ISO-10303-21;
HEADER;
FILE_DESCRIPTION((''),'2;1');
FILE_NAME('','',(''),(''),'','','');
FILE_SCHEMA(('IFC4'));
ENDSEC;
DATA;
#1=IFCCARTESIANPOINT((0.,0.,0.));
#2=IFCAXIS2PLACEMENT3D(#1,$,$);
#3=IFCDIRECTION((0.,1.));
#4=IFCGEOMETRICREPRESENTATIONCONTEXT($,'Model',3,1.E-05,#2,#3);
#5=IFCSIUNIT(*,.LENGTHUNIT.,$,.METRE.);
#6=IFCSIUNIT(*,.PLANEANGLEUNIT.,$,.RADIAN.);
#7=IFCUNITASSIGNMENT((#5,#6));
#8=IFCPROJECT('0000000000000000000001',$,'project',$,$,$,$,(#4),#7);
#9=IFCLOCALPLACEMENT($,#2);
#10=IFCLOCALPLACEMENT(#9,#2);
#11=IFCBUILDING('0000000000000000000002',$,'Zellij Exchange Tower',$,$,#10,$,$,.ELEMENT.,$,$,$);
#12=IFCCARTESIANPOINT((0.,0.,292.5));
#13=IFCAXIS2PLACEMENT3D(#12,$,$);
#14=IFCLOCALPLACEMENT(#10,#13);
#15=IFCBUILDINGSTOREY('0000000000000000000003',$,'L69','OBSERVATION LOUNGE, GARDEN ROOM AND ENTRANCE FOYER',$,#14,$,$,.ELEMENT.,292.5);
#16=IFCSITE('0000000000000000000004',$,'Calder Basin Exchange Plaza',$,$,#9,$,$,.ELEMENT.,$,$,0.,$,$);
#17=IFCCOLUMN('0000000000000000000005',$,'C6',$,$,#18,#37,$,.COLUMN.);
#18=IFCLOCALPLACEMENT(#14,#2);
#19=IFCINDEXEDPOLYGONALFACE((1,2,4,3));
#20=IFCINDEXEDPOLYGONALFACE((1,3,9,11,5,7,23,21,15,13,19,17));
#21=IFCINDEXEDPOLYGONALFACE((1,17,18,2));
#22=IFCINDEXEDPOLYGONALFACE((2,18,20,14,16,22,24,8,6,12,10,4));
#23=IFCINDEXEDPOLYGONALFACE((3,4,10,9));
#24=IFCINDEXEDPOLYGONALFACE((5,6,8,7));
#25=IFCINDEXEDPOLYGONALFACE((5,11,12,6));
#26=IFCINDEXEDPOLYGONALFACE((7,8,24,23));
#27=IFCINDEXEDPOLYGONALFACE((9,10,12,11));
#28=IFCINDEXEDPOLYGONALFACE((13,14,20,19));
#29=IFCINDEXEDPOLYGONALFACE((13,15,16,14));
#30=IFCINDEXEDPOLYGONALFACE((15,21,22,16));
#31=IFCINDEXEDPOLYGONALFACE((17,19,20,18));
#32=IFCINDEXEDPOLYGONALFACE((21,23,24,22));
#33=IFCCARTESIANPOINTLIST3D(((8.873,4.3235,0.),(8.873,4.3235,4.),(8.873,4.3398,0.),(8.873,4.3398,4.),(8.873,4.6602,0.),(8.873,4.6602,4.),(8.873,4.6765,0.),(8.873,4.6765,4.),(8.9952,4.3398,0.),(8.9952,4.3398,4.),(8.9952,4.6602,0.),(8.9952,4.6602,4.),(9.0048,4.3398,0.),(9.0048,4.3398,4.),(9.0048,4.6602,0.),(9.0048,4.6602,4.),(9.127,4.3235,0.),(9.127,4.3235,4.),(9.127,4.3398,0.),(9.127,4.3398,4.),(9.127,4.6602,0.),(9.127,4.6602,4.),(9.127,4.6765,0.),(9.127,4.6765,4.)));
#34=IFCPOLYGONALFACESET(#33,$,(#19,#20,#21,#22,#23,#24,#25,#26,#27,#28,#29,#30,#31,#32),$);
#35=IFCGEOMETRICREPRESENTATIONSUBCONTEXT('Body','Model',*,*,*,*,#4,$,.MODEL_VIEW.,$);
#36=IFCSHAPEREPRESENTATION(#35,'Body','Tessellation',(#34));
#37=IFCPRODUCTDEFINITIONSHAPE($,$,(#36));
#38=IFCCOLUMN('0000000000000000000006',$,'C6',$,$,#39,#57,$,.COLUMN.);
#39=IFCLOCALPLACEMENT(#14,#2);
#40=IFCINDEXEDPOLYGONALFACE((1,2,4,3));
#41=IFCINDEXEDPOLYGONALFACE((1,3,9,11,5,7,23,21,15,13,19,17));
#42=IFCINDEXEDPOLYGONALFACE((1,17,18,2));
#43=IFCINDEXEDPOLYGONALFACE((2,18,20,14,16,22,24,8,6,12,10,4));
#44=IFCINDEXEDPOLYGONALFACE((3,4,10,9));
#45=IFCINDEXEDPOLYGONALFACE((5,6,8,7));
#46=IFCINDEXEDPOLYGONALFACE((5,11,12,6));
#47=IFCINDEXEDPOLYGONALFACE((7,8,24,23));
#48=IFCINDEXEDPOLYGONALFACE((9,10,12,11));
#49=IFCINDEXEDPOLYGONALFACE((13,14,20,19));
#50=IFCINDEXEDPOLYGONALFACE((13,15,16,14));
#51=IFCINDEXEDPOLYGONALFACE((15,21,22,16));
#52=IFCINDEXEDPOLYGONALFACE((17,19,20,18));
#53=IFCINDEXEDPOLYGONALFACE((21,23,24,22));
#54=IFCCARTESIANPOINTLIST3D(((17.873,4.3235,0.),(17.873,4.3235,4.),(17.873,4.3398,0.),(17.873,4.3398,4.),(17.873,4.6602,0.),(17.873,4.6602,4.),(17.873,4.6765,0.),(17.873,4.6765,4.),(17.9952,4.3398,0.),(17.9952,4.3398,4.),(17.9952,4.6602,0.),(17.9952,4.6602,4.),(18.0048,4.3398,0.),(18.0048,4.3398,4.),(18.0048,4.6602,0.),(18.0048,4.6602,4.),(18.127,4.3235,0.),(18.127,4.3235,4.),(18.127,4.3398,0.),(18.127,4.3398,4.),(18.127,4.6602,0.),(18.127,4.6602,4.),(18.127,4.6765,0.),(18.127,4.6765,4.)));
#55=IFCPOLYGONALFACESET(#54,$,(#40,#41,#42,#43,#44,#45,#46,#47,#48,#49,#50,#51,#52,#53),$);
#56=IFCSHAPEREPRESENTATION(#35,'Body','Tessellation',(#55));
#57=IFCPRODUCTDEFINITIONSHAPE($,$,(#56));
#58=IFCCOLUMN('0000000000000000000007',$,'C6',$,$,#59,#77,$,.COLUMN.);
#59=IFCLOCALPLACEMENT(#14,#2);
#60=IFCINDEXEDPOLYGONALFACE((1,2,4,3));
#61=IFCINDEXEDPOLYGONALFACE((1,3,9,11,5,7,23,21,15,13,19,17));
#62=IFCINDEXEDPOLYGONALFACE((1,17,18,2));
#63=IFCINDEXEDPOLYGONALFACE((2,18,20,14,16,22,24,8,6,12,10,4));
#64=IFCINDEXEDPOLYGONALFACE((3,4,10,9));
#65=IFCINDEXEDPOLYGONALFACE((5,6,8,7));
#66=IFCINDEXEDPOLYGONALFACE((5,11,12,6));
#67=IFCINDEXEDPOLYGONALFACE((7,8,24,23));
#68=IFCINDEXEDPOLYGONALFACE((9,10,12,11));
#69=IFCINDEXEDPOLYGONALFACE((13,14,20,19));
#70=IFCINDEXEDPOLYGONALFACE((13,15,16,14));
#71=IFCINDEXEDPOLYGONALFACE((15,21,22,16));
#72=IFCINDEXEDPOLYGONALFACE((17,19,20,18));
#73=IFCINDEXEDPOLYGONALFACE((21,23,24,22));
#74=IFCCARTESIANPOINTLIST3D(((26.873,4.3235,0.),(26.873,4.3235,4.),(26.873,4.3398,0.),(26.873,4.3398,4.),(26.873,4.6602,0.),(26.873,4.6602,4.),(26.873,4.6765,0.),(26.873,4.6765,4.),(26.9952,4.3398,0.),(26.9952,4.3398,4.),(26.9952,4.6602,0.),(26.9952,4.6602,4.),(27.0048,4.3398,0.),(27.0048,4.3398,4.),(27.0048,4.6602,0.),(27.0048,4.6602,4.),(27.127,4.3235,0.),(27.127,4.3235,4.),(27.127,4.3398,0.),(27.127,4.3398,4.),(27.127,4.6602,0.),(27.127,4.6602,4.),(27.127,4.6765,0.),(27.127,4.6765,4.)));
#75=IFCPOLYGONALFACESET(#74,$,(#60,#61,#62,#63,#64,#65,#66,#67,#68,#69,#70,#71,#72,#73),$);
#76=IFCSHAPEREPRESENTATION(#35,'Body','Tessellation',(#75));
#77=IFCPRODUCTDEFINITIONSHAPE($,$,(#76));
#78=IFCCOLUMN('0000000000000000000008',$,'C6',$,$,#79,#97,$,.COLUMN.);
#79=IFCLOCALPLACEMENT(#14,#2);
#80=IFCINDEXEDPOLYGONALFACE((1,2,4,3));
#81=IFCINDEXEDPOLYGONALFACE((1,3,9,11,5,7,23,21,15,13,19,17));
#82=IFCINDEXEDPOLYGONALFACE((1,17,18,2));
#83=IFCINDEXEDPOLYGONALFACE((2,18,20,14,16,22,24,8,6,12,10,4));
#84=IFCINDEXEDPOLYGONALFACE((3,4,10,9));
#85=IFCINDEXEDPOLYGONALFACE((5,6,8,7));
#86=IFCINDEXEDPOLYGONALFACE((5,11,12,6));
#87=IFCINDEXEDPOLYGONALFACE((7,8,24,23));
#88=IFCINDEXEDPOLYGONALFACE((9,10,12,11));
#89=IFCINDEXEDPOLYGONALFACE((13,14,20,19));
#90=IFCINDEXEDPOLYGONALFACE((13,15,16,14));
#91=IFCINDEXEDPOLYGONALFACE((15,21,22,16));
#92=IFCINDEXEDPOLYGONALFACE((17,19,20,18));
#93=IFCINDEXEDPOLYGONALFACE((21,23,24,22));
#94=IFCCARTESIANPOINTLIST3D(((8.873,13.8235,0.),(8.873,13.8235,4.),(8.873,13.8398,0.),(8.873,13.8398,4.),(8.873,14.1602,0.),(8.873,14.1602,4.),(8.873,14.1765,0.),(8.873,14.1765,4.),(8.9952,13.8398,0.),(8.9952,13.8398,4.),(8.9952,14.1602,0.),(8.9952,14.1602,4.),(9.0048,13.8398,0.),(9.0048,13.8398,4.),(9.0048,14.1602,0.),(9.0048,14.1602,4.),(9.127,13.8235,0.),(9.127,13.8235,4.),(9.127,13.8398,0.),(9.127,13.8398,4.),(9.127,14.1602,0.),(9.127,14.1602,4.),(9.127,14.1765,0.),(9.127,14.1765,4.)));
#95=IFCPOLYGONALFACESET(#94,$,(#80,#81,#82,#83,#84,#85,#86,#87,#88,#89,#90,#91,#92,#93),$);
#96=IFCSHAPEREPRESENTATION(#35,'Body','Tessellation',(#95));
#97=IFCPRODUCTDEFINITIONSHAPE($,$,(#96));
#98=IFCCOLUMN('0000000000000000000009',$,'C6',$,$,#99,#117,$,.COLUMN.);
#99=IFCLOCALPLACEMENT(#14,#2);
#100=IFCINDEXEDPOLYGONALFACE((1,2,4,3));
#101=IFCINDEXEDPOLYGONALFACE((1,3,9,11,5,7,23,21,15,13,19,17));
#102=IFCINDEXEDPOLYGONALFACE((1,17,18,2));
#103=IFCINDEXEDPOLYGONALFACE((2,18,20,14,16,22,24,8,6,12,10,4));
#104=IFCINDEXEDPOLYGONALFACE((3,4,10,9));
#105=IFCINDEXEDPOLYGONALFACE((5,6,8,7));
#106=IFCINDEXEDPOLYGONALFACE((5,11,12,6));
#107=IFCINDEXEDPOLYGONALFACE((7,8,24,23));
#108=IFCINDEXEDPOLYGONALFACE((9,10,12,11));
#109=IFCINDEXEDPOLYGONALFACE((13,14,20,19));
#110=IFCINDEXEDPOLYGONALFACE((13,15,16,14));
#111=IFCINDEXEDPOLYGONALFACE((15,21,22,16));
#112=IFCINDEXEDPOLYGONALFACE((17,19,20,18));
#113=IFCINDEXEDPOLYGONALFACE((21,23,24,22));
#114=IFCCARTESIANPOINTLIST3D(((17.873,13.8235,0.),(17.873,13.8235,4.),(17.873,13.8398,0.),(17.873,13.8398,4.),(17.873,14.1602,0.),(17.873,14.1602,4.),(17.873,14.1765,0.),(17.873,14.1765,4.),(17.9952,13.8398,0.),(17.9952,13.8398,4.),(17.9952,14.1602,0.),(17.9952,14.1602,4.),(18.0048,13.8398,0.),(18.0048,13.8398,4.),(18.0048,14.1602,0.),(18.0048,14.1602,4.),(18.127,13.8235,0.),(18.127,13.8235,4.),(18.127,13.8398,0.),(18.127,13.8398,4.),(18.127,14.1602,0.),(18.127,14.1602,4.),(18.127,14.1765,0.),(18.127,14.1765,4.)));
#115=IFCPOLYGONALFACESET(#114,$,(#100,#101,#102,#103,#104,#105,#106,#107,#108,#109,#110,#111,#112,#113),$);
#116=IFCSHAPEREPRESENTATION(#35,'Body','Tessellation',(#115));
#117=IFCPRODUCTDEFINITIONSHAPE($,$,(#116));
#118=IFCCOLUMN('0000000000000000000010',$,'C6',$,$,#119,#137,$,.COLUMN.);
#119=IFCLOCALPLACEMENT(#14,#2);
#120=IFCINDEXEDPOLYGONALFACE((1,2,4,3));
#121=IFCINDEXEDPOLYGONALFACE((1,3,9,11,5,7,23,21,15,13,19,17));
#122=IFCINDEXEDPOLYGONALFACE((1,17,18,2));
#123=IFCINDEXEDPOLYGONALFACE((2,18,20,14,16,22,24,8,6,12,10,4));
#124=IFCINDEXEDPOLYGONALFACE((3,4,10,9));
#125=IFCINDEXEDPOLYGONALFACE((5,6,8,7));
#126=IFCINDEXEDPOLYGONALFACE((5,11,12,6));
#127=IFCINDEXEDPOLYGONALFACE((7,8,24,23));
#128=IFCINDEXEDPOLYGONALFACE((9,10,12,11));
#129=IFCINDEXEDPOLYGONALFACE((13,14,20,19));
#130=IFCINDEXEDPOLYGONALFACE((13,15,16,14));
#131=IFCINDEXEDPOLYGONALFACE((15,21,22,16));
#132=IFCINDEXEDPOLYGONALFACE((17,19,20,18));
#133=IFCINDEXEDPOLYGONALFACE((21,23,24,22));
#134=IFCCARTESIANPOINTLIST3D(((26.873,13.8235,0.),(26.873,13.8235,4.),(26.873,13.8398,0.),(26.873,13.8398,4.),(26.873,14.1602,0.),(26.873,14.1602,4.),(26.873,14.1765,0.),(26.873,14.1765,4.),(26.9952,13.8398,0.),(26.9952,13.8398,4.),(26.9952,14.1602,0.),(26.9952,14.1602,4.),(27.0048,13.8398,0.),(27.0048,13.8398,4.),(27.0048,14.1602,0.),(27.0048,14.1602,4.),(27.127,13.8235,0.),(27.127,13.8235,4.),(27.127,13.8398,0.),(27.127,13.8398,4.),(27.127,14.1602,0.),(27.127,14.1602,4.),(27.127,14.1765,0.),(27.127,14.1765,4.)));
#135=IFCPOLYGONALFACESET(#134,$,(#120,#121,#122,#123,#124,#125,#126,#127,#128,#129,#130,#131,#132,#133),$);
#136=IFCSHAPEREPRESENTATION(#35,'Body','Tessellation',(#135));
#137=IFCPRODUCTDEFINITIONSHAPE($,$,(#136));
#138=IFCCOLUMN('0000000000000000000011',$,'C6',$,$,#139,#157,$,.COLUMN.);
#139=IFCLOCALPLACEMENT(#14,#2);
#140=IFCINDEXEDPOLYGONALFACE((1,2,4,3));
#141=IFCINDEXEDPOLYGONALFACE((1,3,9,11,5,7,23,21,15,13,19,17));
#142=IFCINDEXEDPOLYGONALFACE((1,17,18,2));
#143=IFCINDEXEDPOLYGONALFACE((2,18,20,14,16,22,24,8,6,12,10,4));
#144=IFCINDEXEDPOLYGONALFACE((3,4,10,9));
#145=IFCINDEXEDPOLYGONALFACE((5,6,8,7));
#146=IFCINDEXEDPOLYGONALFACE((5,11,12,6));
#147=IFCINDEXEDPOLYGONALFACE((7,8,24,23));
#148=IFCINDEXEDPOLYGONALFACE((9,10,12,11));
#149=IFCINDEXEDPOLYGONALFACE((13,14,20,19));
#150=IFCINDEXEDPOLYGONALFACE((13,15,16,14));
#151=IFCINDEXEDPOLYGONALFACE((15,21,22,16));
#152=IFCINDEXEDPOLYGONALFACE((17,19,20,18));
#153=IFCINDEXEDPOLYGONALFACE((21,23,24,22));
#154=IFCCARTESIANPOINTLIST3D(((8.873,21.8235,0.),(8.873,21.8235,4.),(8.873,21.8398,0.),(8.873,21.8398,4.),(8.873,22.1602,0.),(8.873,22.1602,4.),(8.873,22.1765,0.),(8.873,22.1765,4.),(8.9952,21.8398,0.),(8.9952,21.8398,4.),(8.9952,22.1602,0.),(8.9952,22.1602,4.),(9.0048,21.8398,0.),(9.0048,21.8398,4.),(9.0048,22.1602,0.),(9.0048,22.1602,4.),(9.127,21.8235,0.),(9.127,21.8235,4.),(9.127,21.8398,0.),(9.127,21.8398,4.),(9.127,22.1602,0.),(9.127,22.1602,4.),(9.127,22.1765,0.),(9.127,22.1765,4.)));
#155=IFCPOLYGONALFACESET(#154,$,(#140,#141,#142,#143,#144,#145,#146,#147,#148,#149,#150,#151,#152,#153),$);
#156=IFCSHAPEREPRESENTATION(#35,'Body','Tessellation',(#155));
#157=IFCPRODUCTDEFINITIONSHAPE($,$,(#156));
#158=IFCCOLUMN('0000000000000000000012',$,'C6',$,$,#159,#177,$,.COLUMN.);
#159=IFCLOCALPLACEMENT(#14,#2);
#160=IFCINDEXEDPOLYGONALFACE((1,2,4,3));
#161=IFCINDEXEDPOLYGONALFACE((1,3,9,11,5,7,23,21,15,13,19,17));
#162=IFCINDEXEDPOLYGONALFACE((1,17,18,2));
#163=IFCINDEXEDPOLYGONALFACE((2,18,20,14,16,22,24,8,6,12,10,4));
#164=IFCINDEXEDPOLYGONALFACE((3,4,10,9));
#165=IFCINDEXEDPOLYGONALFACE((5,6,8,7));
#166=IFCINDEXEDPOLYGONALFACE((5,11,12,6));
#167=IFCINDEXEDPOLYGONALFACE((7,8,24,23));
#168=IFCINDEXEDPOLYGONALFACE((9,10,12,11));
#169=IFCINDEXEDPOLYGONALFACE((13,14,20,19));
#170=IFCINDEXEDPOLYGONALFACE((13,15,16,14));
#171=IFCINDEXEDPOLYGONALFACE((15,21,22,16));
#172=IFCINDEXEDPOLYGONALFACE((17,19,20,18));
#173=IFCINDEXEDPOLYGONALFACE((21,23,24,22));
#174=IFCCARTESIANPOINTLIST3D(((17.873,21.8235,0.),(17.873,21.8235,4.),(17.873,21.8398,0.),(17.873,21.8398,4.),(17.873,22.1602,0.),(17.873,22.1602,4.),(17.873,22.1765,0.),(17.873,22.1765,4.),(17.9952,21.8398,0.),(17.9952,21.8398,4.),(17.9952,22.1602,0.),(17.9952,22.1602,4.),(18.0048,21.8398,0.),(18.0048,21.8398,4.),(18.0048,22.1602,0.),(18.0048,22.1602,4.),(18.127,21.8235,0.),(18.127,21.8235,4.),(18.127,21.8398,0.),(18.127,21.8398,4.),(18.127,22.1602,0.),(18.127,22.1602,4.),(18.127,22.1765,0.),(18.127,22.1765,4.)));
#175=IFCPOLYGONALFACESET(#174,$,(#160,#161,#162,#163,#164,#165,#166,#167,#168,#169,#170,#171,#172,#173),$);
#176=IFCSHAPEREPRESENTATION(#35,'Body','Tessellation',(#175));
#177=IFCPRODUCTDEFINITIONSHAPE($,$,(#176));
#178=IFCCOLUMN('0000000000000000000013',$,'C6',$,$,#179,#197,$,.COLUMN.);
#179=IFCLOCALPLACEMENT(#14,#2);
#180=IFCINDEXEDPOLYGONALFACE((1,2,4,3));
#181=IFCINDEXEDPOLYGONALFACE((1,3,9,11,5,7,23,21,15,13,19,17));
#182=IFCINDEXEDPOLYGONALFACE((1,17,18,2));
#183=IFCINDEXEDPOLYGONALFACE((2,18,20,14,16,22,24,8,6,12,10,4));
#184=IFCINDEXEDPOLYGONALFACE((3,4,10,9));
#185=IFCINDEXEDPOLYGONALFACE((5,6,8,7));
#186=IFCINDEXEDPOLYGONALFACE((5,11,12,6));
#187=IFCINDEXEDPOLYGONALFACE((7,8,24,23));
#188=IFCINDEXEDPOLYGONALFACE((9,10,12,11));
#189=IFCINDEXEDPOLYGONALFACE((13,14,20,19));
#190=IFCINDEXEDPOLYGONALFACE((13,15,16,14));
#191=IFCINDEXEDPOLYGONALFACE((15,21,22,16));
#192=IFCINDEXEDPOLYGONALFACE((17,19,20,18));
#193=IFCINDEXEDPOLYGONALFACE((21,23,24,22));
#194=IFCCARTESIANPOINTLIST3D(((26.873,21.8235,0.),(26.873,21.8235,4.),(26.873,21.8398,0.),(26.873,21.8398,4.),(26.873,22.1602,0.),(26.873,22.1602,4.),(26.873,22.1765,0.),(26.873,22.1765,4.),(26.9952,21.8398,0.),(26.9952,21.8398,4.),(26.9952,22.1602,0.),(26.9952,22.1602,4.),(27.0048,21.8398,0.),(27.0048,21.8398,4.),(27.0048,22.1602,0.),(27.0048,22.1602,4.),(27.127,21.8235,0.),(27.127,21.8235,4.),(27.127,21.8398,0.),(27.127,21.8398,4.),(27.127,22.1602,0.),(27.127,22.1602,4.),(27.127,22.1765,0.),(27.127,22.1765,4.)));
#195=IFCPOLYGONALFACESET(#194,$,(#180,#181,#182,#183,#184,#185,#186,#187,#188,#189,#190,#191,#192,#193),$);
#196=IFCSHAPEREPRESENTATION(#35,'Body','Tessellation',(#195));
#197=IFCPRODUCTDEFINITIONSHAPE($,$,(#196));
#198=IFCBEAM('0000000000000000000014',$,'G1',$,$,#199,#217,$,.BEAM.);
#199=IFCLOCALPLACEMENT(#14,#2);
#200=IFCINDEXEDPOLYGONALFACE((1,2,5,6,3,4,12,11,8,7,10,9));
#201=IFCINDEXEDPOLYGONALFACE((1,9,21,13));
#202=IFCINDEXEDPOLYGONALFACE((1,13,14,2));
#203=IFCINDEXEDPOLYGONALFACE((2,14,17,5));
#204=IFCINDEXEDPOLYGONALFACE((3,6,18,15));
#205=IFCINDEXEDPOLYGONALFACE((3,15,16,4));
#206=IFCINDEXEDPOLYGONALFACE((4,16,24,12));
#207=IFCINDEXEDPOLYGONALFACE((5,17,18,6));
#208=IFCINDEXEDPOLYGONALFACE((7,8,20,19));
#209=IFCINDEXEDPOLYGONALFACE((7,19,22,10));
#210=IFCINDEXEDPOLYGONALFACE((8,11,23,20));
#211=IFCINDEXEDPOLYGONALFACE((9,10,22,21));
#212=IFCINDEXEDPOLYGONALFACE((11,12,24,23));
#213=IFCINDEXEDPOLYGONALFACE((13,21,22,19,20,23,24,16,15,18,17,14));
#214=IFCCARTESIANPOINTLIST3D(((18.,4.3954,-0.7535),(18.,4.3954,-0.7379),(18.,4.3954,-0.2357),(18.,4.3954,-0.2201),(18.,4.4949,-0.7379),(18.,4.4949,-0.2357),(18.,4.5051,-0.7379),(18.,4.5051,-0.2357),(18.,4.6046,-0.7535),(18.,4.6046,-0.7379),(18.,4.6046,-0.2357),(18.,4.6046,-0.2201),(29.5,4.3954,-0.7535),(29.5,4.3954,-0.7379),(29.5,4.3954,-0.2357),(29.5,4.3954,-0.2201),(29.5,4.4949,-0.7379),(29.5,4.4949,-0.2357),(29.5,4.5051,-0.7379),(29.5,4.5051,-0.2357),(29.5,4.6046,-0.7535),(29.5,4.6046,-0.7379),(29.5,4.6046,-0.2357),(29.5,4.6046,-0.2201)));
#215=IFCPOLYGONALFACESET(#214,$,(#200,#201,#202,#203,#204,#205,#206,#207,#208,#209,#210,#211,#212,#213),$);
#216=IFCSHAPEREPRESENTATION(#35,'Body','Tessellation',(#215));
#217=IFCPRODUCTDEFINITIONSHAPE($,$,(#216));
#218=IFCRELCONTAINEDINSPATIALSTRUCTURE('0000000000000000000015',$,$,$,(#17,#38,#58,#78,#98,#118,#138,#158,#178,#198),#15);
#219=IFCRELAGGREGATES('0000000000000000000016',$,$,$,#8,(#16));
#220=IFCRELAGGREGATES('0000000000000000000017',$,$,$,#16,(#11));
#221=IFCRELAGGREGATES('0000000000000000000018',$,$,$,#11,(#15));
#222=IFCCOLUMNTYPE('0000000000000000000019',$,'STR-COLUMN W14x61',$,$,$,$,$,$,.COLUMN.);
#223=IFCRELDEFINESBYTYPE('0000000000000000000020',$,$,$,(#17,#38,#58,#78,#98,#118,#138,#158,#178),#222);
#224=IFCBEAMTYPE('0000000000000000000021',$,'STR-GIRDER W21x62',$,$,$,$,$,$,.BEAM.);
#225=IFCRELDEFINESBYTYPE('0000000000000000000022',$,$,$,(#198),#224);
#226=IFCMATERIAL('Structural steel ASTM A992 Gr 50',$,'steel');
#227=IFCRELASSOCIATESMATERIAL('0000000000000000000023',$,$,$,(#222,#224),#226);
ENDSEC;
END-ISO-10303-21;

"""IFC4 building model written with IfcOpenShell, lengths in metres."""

from ifc_helpers import new_model, si_unit, direction, frame, origin, origin_2d, place, context, subcontext, project, spatial, i_section, extrude, material, material_profile, profile_set, type_object, element, save


model = new_model("IFC4")

# Units and contexts
model_context = context("Model", 3, precision=1e-05, world=origin(), true_north=direction((0.0, 1.0)))
body_context = subcontext(model_context, "Body", "Model", "MODEL_VIEW")
ifc_project = project(units=[si_unit("LENGTHUNIT", "METRE"), si_unit("PLANEANGLEUNIT", "RADIAN")], contexts=[model_context])

# Site, building, storey
site_placement = place(None, origin())
site = spatial("IfcSite", under=ifc_project, at=site_placement, Name="Calder Basin Exchange Plaza", CompositionType="ELEMENT", RefElevation=0.0)
building_placement = place(site_placement, origin())
building = spatial("IfcBuilding", under=site, at=building_placement, Name="Zellij Exchange Tower", CompositionType="ELEMENT")
storey_placement = place(building_placement, frame((0.0, 0.0, 292.5)))
storey = spatial("IfcBuildingStorey", under=building, at=storey_placement, Name="L69", Description="OBSERVATION LOUNGE, GARDEN ROOM AND ENTRANCE FOYER", CompositionType="ELEMENT", Elevation=292.5)

# Columns
ifc_material_1 = material(Name="Structural steel ASTM A992 Gr 50", Category="steel")
ifc_material_profile_1 = material_profile(ifc_material_1, i_section(OverallWidth=0.2539, OverallDepth=0.353, WebThickness=0.0095, FlangeThickness=0.0164, at=origin_2d()), Name="W14x61")
ifc_profile_set_1 = profile_set([ifc_material_profile_1], Name="Structural steel ASTM A992 Gr 50")
column_type = type_object("IfcColumnType", Name="STR-COLUMN W14x61", PredefinedType="COLUMN", material=ifc_profile_set_1)
for number, where, z_axis, x_axis, name in (
    (1, (9.0, 4.5, 0.0), (0.0, 0.0, 1.0), (1.0, 0.0, 0.0), "C6"),
    (2, (18.0, 4.5, 0.0), (0.0, 0.0, 1.0), (1.0, 0.0, 0.0), "C6"),
    (3, (27.0, 4.5, 0.0), (0.0, 0.0, 1.0), (1.0, 0.0, 0.0), "C6"),
    (4, (9.0, 14.0, 0.0), (0.0, 0.0, 1.0), (1.0, 0.0, 0.0), "C6"),
    (5, (18.0, 14.0, 0.0), (0.0, 0.0, 1.0), (1.0, 0.0, 0.0), "C6"),
    (6, (27.0, 14.0, 0.0), (0.0, 0.0, 1.0), (1.0, 0.0, 0.0), "C6"),
    (7, (9.0, 22.0, 0.0), (0.0, 0.0, 1.0), (1.0, 0.0, 0.0), "C6"),
    (8, (18.0, 22.0, 0.0), (0.0, 0.0, 1.0), (1.0, 0.0, 0.0), "C6"),
    (9, (27.0, 22.0, 0.0), (0.0, 0.0, 1.0), (1.0, 0.0, 0.0), "C6"),
):
    element("IfcColumn", number, at=place(storey_placement, frame(where, z_axis=z_axis, x_axis=x_axis)), inside=storey, type_object=column_type, Name=name, PredefinedType="COLUMN", context=body_context, shape_type="SweptSolid", body=[
        extrude(i_section(OverallWidth=0.2539, OverallDepth=0.353, WebThickness=0.0095, FlangeThickness=0.0164, at=origin_2d()), origin(), (0.0, 0.0, 1.0), 4.0),
    ])

# Beam
ifc_material_profile_2 = material_profile(ifc_material_1, i_section(OverallWidth=0.2092, OverallDepth=0.5334, WebThickness=0.0103, FlangeThickness=0.0156, at=origin_2d()), Name="W21x62")
ifc_profile_set_2 = profile_set([ifc_material_profile_2], Name="Structural steel ASTM A992 Gr 50")
beam_type = type_object("IfcBeamType", Name="STR-GIRDER W21x62", PredefinedType="BEAM", material=ifc_profile_set_2)
beam_1_placement = place(storey_placement, frame((18.0, 4.5, -0.4868), z_axis=(1.0, 0.0, 0.0), x_axis=(0.0, 1.0, 0.0)))
element("IfcBeam", 10, at=beam_1_placement, inside=storey, type_object=beam_type, Name="G1", PredefinedType="BEAM", context=body_context, shape_type="SweptSolid", body=[
    extrude(i_section(OverallWidth=0.2092, OverallDepth=0.5334, WebThickness=0.0103, FlangeThickness=0.0156, at=origin_2d()), origin(), (0.0, 0.0, 1.0), 11.5),
])

save(model, "model.ifc")
